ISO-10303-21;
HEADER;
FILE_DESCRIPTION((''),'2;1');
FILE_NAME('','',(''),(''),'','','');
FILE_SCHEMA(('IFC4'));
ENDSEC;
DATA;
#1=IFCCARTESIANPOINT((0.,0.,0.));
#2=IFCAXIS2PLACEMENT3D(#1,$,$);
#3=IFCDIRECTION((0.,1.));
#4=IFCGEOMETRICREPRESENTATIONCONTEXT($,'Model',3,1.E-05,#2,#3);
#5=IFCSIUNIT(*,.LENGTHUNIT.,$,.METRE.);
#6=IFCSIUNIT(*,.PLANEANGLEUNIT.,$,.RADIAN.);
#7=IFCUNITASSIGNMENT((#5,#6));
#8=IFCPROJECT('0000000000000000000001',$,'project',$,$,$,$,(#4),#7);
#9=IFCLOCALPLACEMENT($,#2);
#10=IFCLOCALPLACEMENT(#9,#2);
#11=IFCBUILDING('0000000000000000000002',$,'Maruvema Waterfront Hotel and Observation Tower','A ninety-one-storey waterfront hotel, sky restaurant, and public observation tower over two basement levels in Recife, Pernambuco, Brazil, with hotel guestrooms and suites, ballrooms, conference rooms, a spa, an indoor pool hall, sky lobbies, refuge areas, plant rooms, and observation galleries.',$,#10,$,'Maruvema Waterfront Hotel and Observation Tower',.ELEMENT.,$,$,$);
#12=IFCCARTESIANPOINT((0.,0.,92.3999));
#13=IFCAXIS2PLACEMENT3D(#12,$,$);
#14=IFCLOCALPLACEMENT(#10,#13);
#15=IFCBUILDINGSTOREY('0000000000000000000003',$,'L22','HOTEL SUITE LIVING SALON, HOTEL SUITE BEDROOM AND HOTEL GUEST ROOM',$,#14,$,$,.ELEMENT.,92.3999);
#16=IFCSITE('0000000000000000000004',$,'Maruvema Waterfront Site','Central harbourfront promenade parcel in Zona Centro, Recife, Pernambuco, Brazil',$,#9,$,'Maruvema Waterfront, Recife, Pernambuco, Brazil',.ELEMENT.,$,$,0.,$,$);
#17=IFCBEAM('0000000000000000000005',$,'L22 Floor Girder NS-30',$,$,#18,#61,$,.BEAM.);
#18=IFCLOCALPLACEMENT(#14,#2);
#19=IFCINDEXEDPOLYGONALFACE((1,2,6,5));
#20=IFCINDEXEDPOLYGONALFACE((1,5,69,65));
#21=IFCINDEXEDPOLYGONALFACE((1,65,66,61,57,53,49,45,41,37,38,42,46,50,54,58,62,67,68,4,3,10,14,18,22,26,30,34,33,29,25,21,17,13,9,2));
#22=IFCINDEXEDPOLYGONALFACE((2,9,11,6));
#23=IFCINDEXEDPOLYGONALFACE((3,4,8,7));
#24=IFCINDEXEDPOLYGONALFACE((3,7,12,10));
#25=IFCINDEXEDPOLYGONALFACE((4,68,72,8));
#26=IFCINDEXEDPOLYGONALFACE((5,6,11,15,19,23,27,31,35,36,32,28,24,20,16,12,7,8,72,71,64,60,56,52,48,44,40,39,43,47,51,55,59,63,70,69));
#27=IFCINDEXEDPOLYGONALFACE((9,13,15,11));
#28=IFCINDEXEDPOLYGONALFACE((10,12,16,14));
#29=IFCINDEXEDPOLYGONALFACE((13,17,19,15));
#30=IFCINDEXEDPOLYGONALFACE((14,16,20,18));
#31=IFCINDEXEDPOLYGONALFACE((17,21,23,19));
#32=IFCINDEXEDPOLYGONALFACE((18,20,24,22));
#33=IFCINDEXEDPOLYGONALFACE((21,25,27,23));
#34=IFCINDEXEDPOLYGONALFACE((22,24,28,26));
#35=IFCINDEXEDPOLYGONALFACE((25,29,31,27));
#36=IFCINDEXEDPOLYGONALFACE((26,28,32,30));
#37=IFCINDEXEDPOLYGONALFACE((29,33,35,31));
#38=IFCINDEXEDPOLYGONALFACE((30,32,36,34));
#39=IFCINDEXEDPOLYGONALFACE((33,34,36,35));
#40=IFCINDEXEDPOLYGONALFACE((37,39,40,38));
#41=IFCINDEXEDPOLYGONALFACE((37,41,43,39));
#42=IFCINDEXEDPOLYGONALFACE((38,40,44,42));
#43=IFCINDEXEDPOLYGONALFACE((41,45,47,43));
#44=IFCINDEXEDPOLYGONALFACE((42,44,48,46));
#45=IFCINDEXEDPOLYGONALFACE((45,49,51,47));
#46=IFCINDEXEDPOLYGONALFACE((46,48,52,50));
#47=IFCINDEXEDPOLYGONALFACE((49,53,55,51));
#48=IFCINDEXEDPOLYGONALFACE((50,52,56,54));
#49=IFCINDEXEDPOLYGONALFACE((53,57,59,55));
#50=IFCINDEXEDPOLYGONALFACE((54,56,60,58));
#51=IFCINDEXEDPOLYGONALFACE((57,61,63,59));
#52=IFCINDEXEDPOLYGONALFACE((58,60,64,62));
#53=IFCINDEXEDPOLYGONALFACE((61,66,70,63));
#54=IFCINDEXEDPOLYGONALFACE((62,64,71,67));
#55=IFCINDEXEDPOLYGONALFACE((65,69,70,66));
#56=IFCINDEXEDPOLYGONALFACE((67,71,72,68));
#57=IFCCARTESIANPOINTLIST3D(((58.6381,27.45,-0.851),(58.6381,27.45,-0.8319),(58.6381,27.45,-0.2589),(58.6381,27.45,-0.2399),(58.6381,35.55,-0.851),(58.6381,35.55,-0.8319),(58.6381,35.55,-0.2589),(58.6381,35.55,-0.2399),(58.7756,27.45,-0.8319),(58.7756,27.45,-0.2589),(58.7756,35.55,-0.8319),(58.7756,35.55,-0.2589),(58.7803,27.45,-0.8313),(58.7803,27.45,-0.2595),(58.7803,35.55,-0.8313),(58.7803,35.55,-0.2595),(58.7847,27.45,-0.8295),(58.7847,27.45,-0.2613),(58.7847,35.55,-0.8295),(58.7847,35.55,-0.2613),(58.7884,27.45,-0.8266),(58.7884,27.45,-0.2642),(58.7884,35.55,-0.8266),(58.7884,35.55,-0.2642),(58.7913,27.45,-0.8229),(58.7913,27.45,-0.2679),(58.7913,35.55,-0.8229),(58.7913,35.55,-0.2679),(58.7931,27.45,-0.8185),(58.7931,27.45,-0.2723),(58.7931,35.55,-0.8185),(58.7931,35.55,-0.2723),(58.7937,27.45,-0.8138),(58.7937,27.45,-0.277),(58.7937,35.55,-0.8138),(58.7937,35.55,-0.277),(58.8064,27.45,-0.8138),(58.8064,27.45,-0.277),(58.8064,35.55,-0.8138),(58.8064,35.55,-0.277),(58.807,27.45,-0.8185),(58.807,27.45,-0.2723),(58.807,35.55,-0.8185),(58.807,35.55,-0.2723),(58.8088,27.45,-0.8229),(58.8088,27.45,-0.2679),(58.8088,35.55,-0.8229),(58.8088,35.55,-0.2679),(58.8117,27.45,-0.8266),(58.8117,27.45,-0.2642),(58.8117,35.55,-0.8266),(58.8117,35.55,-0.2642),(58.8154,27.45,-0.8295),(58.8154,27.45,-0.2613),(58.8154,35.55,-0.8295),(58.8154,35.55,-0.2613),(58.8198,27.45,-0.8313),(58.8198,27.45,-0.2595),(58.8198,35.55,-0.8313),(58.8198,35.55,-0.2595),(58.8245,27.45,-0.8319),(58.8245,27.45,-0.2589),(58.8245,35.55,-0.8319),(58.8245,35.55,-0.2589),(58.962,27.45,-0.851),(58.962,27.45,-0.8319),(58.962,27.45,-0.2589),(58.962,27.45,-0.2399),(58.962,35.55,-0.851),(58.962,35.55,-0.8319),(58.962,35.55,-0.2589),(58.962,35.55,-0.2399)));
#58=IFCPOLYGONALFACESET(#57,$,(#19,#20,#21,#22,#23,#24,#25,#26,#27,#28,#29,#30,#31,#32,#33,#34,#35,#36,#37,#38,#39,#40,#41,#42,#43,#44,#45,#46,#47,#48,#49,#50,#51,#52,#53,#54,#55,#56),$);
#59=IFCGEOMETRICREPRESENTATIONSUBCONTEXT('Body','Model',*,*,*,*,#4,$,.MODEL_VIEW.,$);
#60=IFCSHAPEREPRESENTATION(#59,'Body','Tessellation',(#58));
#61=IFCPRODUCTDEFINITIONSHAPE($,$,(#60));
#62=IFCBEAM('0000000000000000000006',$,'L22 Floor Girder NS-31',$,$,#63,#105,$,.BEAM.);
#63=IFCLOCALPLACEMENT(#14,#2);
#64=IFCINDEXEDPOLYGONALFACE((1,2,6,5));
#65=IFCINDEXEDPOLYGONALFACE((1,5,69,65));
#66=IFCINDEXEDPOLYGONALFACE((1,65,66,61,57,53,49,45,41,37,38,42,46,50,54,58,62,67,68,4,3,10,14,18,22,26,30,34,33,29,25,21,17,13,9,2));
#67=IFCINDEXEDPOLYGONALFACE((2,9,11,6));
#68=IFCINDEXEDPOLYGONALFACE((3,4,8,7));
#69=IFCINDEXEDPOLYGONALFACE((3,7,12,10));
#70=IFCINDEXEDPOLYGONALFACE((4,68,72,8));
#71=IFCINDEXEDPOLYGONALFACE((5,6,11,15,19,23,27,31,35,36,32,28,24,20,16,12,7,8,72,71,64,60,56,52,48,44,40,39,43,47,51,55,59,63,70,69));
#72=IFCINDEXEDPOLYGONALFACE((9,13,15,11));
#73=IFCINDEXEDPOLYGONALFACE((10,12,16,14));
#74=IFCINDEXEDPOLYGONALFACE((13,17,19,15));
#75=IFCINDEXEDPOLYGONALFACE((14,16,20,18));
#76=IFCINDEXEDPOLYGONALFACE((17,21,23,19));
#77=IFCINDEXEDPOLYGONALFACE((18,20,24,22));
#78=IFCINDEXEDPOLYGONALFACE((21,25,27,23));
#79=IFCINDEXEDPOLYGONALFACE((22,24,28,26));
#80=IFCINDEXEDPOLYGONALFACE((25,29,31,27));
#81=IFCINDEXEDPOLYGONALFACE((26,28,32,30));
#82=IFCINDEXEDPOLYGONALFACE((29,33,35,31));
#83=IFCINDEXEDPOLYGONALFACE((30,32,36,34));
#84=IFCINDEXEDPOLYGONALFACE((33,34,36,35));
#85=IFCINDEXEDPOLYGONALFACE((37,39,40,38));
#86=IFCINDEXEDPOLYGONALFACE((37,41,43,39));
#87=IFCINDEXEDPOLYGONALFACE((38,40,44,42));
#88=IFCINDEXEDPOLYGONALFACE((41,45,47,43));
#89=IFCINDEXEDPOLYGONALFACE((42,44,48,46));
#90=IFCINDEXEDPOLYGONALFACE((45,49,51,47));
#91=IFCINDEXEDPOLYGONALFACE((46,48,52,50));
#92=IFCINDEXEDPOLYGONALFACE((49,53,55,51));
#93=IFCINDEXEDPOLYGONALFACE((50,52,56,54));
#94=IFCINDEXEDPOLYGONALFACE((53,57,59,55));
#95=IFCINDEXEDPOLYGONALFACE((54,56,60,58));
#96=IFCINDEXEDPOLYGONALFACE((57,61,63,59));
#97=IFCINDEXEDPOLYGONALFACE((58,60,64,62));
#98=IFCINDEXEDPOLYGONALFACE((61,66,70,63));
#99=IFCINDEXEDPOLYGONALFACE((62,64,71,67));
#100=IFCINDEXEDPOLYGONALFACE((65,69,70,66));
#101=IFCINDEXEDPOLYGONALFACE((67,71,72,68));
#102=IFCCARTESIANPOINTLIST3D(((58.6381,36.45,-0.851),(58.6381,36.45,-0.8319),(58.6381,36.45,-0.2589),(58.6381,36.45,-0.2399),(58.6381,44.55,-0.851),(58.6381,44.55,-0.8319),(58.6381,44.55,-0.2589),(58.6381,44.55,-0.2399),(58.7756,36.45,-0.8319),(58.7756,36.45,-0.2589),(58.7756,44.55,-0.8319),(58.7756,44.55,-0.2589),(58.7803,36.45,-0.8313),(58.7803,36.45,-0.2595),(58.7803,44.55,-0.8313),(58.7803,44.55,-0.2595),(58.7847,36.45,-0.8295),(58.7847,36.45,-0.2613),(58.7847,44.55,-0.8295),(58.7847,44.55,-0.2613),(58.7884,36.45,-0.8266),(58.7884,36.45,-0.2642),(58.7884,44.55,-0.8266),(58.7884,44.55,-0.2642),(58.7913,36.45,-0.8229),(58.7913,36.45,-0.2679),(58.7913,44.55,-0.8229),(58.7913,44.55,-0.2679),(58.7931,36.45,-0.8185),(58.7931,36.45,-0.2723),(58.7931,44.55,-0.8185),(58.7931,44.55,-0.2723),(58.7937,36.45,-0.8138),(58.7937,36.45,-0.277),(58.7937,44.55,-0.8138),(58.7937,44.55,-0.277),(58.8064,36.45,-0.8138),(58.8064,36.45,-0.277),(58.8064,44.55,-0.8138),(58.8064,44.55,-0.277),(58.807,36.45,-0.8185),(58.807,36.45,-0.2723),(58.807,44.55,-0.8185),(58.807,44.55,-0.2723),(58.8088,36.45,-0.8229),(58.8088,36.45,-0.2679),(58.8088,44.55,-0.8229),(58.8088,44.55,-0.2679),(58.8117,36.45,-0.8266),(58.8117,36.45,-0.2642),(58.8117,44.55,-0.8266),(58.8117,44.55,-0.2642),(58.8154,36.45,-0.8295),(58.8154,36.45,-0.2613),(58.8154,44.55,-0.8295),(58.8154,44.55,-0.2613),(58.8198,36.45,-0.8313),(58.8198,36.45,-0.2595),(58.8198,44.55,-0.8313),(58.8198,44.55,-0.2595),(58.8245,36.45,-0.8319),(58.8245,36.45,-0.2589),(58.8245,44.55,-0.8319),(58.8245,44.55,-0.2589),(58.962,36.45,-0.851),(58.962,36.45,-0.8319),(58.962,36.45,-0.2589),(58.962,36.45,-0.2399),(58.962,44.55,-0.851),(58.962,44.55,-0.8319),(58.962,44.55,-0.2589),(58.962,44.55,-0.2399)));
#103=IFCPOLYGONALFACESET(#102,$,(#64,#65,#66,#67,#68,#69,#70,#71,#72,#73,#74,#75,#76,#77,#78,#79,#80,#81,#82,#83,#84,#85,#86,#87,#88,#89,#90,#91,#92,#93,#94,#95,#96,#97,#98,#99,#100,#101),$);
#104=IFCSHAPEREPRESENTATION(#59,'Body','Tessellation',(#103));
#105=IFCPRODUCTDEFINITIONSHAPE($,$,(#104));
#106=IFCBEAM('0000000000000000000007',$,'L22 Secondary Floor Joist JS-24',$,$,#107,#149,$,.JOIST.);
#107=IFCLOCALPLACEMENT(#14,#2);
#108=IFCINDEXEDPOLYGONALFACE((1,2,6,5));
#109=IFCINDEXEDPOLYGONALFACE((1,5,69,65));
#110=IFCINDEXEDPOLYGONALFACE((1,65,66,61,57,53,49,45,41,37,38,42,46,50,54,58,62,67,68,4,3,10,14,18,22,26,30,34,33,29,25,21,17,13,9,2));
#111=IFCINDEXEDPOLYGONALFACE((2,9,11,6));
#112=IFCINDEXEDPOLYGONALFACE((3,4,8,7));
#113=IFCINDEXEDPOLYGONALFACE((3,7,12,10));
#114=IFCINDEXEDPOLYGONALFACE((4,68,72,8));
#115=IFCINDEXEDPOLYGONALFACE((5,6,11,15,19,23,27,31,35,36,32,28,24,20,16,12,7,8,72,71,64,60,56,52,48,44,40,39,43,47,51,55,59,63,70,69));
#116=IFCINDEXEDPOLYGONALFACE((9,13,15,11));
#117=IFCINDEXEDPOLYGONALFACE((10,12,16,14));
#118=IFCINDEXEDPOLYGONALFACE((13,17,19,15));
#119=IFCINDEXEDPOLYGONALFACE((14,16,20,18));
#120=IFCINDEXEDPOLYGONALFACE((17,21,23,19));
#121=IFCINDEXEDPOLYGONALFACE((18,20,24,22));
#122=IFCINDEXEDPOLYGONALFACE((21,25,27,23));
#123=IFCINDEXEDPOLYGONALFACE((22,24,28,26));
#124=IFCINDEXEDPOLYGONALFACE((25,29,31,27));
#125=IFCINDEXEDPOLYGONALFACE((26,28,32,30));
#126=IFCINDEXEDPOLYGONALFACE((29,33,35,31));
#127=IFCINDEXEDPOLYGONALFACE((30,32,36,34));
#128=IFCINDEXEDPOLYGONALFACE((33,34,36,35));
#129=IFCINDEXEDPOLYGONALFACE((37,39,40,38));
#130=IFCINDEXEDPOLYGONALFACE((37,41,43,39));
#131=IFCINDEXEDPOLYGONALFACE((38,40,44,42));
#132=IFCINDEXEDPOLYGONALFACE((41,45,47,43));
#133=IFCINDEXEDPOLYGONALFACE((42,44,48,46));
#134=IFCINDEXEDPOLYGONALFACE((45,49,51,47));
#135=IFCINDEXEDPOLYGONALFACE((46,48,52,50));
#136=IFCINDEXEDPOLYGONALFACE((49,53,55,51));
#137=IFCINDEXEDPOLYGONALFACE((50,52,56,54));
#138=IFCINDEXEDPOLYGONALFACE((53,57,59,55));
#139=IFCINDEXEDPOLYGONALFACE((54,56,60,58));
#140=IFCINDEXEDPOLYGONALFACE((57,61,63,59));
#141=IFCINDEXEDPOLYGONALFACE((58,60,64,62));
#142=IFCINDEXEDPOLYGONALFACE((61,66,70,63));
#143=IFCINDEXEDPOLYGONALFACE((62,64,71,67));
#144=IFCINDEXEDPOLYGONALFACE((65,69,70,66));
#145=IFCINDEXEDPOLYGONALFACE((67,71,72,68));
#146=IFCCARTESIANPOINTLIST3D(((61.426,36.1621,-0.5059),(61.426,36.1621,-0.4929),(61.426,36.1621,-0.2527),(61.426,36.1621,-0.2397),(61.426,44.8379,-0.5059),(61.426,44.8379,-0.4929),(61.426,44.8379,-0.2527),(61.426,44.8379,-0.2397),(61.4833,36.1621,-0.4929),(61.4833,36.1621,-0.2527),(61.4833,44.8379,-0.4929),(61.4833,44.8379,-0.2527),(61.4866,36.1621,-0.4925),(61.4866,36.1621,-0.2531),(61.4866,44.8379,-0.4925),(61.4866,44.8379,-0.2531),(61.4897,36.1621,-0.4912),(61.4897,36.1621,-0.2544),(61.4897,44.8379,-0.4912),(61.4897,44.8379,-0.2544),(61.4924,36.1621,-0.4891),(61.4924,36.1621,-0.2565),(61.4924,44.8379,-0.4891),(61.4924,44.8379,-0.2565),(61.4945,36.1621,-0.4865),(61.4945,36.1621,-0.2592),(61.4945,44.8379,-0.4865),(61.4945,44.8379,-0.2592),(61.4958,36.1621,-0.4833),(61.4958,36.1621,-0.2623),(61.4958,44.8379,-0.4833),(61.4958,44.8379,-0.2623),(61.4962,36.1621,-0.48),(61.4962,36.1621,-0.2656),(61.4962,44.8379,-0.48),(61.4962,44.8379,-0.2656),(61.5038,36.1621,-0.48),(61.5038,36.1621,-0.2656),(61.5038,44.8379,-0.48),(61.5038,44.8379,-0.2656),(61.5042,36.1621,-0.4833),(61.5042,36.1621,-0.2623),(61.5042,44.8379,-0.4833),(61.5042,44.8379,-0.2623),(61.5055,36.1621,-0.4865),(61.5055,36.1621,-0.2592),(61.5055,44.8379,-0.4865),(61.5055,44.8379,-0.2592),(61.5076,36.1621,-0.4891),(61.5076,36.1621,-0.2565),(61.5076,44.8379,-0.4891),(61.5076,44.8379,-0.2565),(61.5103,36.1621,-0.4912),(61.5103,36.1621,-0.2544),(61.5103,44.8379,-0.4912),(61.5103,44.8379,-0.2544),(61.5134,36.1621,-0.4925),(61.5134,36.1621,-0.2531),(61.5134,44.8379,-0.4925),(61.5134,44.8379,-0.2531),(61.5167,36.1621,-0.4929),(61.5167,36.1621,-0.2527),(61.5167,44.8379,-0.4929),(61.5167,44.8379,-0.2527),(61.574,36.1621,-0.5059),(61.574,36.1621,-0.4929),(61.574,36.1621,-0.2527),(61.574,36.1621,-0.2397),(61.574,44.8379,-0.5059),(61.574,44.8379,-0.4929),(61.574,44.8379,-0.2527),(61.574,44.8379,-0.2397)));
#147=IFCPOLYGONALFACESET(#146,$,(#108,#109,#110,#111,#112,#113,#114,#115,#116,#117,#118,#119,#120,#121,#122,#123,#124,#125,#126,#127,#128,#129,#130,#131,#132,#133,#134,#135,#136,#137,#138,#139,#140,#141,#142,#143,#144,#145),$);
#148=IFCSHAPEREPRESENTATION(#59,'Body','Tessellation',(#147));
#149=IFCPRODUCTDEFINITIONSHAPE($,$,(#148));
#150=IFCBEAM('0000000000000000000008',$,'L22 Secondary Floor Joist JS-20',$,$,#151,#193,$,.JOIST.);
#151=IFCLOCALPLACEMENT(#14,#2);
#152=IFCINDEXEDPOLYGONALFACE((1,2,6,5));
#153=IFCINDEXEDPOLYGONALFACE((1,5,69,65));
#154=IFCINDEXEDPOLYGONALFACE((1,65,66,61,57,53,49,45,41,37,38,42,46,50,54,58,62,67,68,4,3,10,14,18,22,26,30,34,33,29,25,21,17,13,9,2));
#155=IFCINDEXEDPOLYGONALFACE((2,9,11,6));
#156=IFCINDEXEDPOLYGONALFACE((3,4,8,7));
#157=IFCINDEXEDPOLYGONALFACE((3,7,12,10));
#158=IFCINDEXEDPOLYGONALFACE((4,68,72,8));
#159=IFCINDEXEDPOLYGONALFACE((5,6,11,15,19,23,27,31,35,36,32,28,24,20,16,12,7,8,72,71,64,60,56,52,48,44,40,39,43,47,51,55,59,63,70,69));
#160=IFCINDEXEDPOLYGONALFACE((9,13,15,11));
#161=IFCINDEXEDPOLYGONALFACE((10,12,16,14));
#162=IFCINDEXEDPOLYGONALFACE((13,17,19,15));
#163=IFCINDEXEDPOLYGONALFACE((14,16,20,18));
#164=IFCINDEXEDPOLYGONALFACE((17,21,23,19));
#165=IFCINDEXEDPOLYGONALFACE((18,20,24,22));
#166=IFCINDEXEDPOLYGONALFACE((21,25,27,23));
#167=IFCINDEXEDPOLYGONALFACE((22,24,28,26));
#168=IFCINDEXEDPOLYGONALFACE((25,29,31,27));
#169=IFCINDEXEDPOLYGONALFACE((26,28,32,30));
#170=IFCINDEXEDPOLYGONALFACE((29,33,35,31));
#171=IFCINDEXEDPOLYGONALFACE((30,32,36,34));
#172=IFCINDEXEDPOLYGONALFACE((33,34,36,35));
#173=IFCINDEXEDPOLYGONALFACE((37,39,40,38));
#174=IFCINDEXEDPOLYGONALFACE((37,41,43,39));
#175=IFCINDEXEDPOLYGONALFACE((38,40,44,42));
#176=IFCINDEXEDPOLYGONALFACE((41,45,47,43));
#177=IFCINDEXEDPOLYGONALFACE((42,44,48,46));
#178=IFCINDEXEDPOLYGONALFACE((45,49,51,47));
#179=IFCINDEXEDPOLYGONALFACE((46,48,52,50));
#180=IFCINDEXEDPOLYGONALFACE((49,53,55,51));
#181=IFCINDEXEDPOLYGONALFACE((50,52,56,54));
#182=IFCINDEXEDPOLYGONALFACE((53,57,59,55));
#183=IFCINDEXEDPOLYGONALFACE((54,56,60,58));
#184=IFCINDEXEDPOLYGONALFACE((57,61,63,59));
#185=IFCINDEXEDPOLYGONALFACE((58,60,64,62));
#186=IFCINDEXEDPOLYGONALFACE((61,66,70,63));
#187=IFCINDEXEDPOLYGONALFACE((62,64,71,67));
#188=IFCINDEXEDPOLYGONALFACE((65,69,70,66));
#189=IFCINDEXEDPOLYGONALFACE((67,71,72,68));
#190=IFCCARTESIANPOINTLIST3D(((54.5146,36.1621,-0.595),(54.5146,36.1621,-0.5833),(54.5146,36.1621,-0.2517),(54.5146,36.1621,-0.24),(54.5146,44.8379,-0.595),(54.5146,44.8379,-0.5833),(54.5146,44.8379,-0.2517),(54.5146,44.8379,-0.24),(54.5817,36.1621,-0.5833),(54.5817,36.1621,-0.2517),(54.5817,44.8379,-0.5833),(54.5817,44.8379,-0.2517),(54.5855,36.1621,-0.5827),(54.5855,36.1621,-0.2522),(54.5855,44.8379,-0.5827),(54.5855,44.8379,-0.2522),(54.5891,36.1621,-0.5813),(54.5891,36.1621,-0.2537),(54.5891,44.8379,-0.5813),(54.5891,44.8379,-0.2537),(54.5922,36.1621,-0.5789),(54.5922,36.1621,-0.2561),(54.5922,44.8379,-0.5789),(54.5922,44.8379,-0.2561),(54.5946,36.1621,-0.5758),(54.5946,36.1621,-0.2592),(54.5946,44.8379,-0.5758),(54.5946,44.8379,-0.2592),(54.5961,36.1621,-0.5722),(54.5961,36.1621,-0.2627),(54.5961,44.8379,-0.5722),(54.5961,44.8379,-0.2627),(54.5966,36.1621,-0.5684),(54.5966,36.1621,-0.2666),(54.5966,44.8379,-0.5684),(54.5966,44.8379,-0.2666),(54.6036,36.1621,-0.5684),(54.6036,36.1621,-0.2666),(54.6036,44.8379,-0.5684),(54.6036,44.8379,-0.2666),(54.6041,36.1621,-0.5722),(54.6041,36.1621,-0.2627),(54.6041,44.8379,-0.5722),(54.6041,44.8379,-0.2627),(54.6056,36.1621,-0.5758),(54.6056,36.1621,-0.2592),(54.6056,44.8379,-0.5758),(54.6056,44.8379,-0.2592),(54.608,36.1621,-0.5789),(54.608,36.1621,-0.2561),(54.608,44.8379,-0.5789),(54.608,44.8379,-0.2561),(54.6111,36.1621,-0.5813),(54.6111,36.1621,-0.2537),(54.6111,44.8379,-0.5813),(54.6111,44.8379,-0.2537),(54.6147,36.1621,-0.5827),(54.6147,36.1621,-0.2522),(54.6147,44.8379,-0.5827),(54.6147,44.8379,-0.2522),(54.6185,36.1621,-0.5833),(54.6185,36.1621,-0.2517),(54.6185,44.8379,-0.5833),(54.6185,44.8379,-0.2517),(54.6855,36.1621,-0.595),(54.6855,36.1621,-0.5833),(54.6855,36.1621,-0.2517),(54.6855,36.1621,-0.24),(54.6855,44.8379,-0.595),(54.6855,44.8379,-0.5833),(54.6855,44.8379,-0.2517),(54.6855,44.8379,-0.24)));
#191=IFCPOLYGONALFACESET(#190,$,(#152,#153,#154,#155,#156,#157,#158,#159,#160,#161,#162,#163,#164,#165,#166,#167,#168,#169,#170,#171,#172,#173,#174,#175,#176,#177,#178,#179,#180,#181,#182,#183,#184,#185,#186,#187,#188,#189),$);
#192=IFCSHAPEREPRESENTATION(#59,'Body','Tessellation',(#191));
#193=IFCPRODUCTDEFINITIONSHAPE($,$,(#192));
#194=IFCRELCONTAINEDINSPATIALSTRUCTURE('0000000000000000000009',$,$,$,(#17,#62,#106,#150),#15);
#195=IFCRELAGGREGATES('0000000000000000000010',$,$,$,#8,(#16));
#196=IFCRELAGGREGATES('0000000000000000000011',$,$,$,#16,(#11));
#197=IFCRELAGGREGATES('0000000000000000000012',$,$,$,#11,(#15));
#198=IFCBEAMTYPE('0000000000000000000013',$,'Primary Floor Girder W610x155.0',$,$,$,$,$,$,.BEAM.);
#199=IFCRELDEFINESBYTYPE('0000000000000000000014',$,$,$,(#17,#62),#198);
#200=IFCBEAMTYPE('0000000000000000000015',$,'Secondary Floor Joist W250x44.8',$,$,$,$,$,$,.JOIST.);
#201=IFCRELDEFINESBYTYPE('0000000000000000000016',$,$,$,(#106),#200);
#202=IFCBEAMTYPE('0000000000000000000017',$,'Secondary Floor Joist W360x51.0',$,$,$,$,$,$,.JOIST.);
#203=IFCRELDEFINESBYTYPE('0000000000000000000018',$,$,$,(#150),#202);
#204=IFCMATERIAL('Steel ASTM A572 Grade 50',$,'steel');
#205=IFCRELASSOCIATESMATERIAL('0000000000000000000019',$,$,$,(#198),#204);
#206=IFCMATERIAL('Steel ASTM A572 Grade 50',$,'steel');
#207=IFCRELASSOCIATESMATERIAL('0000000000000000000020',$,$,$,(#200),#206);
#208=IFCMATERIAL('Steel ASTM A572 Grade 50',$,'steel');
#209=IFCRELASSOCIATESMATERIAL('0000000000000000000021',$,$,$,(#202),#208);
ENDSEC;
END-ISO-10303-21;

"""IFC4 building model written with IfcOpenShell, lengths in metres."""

from ifc_helpers import new_model, si_unit, direction, frame, origin, origin_2d, place, context, subcontext, project, spatial, i_section, extrude, material, material_profile, profile_set, type_object, element, save


model = new_model("IFC4")

# Units and contexts
model_context = context("Model", 3, precision=1e-05, world=origin(), true_north=direction((0.0, 1.0)))
body_context = subcontext(model_context, "Body", "Model", "MODEL_VIEW")
ifc_project = project(units=[si_unit("LENGTHUNIT", "METRE"), si_unit("PLANEANGLEUNIT", "RADIAN")], contexts=[model_context])

# Site, building, storey
site_placement = place(None, origin())
site = spatial("IfcSite", under=ifc_project, at=site_placement, Name="Maruvema Waterfront Site", Description="Central harbourfront promenade parcel in Zona Centro, Recife, Pernambuco, Brazil", LongName="Maruvema Waterfront, Recife, Pernambuco, Brazil", CompositionType="ELEMENT", RefElevation=0.0)
building_placement = place(site_placement, origin())
building = spatial("IfcBuilding", under=site, at=building_placement, Name="Maruvema Waterfront Hotel and Observation Tower", Description="A ninety-one-storey waterfront hotel, sky restaurant, and public observation tower over two basement levels in Recife, Pernambuco, Brazil, with hotel guestrooms and suites, ballrooms, conference rooms, a spa, an indoor pool hall, sky lobbies, refuge areas, plant rooms, and observation galleries.", LongName="Maruvema Waterfront Hotel and Observation Tower", CompositionType="ELEMENT")
storey_placement = place(building_placement, frame((0.0, 0.0, 92.3999)))
storey = spatial("IfcBuildingStorey", under=building, at=storey_placement, Name="L22", Description="HOTEL SUITE LIVING SALON, HOTEL SUITE BEDROOM AND HOTEL GUEST ROOM", CompositionType="ELEMENT", Elevation=92.3999)

# Beams
ifc_material_1 = material(Name="Steel ASTM A572 Grade 50", Category="steel")
ifc_material_profile_1 = material_profile(ifc_material_1, i_section(OverallWidth=0.324, OverallDepth=0.6111, WebThickness=0.0127, FlangeThickness=0.019, FilletRadius=0.0181, at=origin_2d()), Name="W610x155.0")
ifc_profile_set_1 = profile_set([ifc_material_profile_1], Name="Steel ASTM A572 Grade 50")
beam_type_1 = type_object("IfcBeamType", Name="Primary Floor Girder W610x155.0", PredefinedType="BEAM", material=ifc_profile_set_1)
for number, where, z_axis, x_axis, name in (
    (1, (58.8, 27.45, -0.5454), (0.0, 1.0, 0.0), (-1.0, 0.0, 0.0), "L22 Floor Girder NS-30"),
    (2, (58.8, 36.45, -0.5454), (0.0, 1.0, 0.0), (-1.0, 0.0, 0.0), "L22 Floor Girder NS-31"),
):
    element("IfcBeam", number, at=place(storey_placement, frame(where, z_axis=z_axis, x_axis=x_axis)), inside=storey, type_object=beam_type_1, Name=name, PredefinedType="BEAM", context=body_context, shape_type="SweptSolid", body=[
        extrude(i_section(OverallWidth=0.324, OverallDepth=0.6111, WebThickness=0.0127, FlangeThickness=0.019, FilletRadius=0.0181, at=origin_2d()), origin(), (0.0, 0.0, 1.0), 8.1001),
    ])
ifc_material_2 = material(Name="Steel ASTM A572 Grade 50", Category="steel")
ifc_material_profile_2 = material_profile(ifc_material_2, i_section(OverallWidth=0.1479, OverallDepth=0.2661, WebThickness=0.0076, FlangeThickness=0.0129, FilletRadius=0.0129, at=origin_2d()), Name="W250x44.8")
ifc_profile_set_2 = profile_set([ifc_material_profile_2], Name="Steel ASTM A572 Grade 50")
beam_type_2 = type_object("IfcBeamType", Name="Secondary Floor Joist W250x44.8", PredefinedType="JOIST", material=ifc_profile_set_2)
beam_1_placement = place(storey_placement, frame((61.5, 36.1621, -0.3728), z_axis=(0.0, 1.0, 0.0), x_axis=(-1.0, 0.0, 0.0)))
element("IfcBeam", 3, at=beam_1_placement, inside=storey, type_object=beam_type_2, Name="L22 Secondary Floor Joist JS-24", PredefinedType="JOIST", context=body_context, shape_type="SweptSolid", body=[
    extrude(i_section(OverallWidth=0.1479, OverallDepth=0.2661, WebThickness=0.0076, FlangeThickness=0.0129, FilletRadius=0.0129, at=origin_2d()), origin(), (0.0, 0.0, 1.0), 8.6758),
])
ifc_material_3 = material(Name="Steel ASTM A572 Grade 50", Category="steel")
ifc_material_profile_3 = material_profile(ifc_material_3, i_section(OverallWidth=0.1709, OverallDepth=0.355, WebThickness=0.0071, FlangeThickness=0.0117, FilletRadius=0.0149, at=origin_2d()), Name="W360x51.0")
ifc_profile_set_3 = profile_set([ifc_material_profile_3], Name="Steel ASTM A572 Grade 50")
beam_type_3 = type_object("IfcBeamType", Name="Secondary Floor Joist W360x51.0", PredefinedType="JOIST", material=ifc_profile_set_3)
beam_2_placement = place(storey_placement, frame((54.6001, 36.1621, -0.4175), z_axis=(0.0, 1.0, 0.0), x_axis=(-1.0, 0.0, 0.0)))
element("IfcBeam", 4, at=beam_2_placement, inside=storey, type_object=beam_type_3, Name="L22 Secondary Floor Joist JS-20", PredefinedType="JOIST", context=body_context, shape_type="SweptSolid", body=[
    extrude(i_section(OverallWidth=0.1709, OverallDepth=0.355, WebThickness=0.0071, FlangeThickness=0.0117, FilletRadius=0.0149, at=origin_2d()), origin(), (0.0, 0.0, 1.0), 8.6758),
])

save(model, "model.ifc")
